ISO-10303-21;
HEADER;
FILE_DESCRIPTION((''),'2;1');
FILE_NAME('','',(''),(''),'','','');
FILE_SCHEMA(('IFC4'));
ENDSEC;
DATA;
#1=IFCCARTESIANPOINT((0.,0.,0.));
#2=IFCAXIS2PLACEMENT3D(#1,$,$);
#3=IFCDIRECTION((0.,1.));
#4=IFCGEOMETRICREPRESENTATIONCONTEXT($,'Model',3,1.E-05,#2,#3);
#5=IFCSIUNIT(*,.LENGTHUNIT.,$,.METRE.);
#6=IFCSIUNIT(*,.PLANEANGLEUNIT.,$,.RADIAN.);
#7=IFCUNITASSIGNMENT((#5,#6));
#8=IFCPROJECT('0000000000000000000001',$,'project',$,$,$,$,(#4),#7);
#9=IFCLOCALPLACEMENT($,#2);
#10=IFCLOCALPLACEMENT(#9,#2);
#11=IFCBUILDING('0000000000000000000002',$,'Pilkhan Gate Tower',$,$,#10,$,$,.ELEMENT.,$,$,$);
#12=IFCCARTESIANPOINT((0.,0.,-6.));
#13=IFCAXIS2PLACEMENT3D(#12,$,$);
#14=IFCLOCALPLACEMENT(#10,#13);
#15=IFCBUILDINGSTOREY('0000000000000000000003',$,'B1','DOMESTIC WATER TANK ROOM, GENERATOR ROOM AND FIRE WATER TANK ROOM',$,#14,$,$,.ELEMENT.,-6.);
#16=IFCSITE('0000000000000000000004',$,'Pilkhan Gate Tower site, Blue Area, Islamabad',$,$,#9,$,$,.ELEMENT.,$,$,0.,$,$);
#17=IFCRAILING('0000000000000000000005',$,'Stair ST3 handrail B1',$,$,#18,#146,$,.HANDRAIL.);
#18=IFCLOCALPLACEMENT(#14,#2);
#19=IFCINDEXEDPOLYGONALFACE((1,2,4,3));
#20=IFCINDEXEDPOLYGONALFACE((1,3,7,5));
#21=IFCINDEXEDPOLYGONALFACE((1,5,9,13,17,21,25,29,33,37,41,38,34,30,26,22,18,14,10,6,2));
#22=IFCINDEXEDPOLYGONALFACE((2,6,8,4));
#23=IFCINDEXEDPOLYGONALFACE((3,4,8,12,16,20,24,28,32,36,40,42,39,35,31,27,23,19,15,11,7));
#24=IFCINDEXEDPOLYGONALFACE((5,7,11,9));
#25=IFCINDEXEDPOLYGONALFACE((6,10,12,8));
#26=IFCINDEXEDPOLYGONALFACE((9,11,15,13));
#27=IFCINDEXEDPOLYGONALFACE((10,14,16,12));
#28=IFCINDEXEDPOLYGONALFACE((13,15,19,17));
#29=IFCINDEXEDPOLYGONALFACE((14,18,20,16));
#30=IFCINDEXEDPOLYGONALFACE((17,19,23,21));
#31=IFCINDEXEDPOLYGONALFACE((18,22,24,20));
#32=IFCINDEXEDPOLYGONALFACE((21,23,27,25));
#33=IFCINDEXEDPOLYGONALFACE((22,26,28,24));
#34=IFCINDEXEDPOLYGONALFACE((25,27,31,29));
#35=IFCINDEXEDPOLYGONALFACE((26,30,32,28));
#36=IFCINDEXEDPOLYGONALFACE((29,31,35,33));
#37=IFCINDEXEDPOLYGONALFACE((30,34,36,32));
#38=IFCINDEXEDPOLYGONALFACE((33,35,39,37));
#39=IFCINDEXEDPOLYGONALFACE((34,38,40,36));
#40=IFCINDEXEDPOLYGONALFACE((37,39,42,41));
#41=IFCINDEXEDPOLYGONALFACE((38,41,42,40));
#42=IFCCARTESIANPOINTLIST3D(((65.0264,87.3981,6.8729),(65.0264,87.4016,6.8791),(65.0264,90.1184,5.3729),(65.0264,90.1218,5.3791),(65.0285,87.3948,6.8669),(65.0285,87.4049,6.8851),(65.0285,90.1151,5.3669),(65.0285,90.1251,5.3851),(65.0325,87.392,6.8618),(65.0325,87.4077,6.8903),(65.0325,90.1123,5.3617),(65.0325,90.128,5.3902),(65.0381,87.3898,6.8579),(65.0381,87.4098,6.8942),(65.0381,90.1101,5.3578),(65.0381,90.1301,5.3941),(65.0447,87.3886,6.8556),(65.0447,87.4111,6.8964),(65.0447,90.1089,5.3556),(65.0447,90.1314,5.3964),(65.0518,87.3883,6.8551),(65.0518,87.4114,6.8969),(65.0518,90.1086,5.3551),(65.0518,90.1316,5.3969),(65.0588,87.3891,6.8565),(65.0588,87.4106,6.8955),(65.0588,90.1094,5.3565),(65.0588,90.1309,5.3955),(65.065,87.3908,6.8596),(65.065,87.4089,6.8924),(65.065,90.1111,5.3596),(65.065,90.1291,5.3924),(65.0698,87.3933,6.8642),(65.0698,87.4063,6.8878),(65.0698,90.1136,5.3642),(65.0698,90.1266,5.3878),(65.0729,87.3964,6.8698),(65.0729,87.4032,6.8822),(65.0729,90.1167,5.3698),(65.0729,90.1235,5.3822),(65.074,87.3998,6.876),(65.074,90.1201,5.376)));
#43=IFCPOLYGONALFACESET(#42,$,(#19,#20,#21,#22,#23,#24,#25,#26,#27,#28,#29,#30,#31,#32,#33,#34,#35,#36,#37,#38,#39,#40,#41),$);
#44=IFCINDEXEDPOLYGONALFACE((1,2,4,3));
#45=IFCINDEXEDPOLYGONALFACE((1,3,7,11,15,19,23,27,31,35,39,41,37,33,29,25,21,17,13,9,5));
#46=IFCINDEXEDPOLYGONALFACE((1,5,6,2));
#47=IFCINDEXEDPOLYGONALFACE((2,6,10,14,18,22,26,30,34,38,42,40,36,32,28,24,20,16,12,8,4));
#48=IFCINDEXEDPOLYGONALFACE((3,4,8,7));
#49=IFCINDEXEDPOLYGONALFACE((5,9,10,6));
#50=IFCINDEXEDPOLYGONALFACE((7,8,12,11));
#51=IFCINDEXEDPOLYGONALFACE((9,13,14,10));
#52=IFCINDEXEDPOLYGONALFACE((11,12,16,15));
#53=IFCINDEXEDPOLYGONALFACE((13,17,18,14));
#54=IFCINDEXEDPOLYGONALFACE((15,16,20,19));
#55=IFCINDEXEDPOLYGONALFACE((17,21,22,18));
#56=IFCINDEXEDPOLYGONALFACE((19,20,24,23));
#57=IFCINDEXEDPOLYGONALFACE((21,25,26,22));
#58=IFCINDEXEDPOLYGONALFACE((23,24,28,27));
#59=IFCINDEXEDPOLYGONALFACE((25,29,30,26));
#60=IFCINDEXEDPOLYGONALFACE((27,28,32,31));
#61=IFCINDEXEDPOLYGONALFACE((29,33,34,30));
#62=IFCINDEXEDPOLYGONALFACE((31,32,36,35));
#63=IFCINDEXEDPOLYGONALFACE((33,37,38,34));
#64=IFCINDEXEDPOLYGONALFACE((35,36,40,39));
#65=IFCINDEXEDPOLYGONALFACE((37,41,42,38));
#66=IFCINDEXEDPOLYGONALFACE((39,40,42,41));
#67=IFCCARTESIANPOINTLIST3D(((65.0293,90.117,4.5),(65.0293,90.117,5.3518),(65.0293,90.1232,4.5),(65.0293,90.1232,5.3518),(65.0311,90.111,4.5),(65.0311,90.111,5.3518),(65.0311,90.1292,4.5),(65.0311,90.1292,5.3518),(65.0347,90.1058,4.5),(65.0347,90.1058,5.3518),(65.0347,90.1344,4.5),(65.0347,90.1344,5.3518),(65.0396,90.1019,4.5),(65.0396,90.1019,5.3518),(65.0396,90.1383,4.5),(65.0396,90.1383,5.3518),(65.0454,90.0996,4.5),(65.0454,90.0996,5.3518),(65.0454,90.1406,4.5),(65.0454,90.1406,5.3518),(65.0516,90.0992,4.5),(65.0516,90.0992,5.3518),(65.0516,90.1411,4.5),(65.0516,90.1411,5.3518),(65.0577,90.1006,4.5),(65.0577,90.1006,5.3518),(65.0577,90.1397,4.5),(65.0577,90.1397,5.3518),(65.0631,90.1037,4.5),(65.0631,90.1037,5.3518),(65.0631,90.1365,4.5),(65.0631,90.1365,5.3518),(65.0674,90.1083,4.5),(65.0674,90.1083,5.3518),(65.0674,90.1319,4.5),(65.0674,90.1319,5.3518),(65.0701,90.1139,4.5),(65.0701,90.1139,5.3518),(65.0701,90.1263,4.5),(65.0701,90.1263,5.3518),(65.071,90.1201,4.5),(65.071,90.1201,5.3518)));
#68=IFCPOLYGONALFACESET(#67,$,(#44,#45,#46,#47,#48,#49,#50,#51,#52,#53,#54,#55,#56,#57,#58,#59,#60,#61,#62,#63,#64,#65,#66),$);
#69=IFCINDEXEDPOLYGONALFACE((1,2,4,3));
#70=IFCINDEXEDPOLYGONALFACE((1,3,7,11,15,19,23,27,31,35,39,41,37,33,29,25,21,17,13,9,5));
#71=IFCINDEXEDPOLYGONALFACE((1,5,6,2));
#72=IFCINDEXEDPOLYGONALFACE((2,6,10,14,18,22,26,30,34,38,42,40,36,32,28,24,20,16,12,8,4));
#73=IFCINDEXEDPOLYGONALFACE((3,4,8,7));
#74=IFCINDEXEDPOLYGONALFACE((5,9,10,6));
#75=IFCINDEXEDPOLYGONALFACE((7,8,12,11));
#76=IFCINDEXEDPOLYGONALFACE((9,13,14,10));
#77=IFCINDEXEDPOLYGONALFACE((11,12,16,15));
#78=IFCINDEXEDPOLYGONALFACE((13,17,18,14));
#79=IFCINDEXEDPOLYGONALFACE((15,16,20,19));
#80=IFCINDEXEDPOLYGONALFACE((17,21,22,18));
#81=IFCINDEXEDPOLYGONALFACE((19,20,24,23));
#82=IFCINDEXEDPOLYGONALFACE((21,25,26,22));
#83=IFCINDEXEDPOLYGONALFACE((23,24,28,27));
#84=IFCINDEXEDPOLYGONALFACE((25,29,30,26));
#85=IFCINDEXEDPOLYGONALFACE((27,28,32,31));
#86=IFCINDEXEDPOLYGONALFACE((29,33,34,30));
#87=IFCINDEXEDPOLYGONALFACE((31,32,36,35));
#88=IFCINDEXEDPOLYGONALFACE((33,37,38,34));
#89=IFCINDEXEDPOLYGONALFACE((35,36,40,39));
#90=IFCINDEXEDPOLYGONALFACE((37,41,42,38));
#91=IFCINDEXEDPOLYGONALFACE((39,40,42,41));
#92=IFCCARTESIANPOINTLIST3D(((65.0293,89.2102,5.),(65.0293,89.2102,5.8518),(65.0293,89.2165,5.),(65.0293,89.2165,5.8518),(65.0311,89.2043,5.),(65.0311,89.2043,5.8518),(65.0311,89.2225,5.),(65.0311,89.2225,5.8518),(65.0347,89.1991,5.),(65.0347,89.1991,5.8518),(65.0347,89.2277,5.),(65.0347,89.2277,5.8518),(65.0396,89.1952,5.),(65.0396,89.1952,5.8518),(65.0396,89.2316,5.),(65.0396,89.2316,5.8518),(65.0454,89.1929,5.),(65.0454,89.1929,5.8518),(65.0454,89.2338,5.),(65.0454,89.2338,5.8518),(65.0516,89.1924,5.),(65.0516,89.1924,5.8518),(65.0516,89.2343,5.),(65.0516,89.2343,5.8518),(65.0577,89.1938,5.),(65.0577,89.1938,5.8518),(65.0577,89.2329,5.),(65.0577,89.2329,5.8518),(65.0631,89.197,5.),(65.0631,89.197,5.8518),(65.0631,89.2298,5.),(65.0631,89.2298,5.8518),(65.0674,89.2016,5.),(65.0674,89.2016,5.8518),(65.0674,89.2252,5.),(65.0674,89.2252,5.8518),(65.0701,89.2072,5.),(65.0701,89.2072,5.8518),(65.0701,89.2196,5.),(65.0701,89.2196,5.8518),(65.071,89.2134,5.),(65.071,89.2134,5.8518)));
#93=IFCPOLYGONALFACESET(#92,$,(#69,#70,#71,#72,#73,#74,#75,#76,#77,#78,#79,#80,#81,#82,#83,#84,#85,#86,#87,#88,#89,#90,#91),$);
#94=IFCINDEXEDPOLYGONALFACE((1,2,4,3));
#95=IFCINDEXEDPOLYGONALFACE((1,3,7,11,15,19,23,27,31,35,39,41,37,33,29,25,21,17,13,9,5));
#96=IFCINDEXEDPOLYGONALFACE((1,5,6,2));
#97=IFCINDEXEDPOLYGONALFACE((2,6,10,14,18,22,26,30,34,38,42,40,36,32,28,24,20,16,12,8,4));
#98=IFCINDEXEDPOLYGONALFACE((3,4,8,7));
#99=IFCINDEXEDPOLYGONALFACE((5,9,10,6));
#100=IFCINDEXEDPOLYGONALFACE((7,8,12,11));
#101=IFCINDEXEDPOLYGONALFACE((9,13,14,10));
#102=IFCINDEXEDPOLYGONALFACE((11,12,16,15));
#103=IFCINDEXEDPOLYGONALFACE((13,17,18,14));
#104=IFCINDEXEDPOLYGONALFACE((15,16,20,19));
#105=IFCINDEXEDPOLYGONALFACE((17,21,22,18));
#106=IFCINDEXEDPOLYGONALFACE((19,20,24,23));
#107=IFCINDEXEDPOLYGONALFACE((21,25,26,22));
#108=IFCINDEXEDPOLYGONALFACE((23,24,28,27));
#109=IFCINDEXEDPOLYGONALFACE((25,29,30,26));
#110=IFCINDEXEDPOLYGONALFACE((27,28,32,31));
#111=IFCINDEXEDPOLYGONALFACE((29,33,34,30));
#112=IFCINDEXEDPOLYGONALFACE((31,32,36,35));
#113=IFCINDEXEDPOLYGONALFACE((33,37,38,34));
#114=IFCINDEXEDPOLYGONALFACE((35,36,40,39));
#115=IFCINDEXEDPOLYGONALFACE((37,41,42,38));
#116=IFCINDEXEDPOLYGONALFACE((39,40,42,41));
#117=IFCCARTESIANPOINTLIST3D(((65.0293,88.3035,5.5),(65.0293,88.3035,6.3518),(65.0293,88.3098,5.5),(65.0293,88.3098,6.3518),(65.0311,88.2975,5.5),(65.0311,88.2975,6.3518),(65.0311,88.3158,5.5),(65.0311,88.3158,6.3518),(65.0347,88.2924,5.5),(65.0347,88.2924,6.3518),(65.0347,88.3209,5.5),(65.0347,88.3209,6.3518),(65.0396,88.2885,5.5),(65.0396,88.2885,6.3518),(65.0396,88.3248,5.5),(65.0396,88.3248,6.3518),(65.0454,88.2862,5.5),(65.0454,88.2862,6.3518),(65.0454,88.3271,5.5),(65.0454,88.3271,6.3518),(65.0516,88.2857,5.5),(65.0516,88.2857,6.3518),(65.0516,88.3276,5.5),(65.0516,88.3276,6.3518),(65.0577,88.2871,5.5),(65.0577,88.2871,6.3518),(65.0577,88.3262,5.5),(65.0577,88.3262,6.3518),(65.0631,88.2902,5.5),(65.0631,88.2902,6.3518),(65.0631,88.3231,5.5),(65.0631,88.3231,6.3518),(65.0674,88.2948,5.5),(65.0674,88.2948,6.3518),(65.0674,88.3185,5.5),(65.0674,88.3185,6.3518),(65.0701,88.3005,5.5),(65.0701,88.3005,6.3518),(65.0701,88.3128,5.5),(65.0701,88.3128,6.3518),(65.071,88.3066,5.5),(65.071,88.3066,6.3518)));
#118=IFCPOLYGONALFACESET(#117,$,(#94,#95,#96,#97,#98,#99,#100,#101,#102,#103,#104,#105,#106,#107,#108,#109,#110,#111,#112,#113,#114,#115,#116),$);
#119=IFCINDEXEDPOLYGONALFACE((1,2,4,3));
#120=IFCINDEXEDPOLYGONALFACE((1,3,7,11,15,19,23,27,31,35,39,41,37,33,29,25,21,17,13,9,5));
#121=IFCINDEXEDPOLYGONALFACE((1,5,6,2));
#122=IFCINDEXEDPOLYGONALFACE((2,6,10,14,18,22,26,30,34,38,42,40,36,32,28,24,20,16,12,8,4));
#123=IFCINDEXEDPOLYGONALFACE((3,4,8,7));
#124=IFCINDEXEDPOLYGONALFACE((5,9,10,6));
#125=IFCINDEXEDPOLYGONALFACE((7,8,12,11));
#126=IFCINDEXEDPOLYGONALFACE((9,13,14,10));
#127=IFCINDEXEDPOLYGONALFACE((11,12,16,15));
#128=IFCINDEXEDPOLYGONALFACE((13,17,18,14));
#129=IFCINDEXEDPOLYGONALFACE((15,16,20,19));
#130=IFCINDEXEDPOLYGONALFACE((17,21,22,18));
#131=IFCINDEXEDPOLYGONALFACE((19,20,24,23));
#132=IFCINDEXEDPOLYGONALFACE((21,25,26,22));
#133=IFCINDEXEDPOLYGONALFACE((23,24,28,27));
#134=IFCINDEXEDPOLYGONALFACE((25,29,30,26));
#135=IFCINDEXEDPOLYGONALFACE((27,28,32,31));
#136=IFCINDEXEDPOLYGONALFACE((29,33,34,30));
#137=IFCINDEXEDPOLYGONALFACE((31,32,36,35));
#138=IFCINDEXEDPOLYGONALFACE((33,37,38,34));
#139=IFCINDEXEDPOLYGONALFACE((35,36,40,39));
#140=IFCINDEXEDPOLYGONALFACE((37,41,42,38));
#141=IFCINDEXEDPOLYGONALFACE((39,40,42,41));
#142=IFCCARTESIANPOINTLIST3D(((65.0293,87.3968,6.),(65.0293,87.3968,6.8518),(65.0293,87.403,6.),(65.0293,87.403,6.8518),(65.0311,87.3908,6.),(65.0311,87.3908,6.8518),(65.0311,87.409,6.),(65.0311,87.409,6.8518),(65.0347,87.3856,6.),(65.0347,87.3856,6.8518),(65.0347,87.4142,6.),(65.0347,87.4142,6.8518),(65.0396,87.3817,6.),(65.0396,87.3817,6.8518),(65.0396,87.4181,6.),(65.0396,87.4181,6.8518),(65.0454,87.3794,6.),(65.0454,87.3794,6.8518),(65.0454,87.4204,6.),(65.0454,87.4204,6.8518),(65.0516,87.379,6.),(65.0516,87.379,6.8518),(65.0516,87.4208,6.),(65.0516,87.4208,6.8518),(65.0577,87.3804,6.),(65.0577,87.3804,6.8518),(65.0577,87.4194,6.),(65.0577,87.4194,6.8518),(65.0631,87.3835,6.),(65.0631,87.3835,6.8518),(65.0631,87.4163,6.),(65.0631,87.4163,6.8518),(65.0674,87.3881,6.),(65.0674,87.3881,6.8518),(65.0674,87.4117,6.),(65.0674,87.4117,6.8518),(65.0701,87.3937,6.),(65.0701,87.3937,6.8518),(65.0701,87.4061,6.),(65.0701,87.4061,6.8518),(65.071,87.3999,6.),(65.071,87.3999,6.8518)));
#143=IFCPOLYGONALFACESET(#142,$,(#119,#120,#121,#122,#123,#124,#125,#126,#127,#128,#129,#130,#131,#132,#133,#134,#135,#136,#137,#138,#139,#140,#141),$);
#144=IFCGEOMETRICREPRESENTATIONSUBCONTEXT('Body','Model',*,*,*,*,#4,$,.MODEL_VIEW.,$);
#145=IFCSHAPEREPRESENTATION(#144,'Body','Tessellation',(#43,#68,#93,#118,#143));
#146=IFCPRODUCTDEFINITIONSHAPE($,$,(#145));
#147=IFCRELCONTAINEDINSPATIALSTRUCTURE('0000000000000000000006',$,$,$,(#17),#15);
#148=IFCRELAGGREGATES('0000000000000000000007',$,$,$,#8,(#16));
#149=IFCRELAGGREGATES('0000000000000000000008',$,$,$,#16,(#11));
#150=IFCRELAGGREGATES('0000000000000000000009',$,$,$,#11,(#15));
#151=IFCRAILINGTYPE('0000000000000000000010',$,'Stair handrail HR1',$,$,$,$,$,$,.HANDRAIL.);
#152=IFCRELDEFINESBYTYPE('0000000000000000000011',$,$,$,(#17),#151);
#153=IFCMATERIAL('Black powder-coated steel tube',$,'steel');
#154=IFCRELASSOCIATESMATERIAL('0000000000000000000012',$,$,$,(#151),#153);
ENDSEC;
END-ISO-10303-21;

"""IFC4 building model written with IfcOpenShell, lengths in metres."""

from ifc_helpers import new_model, si_unit, direction, frame, origin, origin_2d, place, context, subcontext, project, spatial, circle, extrude, material, type_object, element, save


model = new_model("IFC4")

# Units and contexts
model_context = context("Model", 3, precision=1e-05, world=origin(), true_north=direction((0.0, 1.0)))
body_context = subcontext(model_context, "Body", "Model", "MODEL_VIEW")
ifc_project = project(units=[si_unit("LENGTHUNIT", "METRE"), si_unit("PLANEANGLEUNIT", "RADIAN")], contexts=[model_context])

# Site, building, storey
site_placement = place(None, origin())
site = spatial("IfcSite", under=ifc_project, at=site_placement, Name="Pilkhan Gate Tower site, Blue Area, Islamabad", CompositionType="ELEMENT", RefElevation=0.0)
building_placement = place(site_placement, origin())
building = spatial("IfcBuilding", under=site, at=building_placement, Name="Pilkhan Gate Tower", CompositionType="ELEMENT")
storey_placement = place(building_placement, frame((0.0, 0.0, -6.0)))
storey = spatial("IfcBuildingStorey", under=building, at=storey_placement, Name="B1", Description="DOMESTIC WATER TANK ROOM, GENERATOR ROOM AND FIRE WATER TANK ROOM", CompositionType="ELEMENT", Elevation=-6.0)

# Railing
ifc_material_1 = material(Name="Black powder-coated steel tube", Category="steel")
railing_type_1 = type_object("IfcRailingType", Name="Stair handrail HR1", PredefinedType="HANDRAIL", material=ifc_material_1)
railing_1_placement = place(storey_placement, frame((65.05, 90.1201, 4.5)))
element("IfcRailing", 1, at=railing_1_placement, inside=storey, type_object=railing_type_1, Name="Stair ST3 handrail B1", PredefinedType="HANDRAIL", context=body_context, shape_type="SweptSolid", body=[
    extrude(circle(Radius=0.0239, at=origin_2d()), frame((0.0, 0.0, 0.876), z_axis=(0.0, -0.875688, 0.482878), x_axis=(1.0, 0.0, 0.0)), (0.0, 0.0, 1.0), 3.1064),
    extrude(circle(Radius=0.021, at=origin_2d()), origin(), (0.0, 0.0, 1.0), 0.8518),
    extrude(circle(Radius=0.021, at=origin_2d()), frame((0.0, -0.9067, 0.5)), (0.0, 0.0, 1.0), 0.8518),
    extrude(circle(Radius=0.021, at=origin_2d()), frame((0.0, -1.8135, 1.0)), (0.0, 0.0, 1.0), 0.8518),
    extrude(circle(Radius=0.021, at=origin_2d()), frame((0.0, -2.7202, 1.5)), (0.0, 0.0, 1.0), 0.8518),
])

save(model, "model.ifc")
